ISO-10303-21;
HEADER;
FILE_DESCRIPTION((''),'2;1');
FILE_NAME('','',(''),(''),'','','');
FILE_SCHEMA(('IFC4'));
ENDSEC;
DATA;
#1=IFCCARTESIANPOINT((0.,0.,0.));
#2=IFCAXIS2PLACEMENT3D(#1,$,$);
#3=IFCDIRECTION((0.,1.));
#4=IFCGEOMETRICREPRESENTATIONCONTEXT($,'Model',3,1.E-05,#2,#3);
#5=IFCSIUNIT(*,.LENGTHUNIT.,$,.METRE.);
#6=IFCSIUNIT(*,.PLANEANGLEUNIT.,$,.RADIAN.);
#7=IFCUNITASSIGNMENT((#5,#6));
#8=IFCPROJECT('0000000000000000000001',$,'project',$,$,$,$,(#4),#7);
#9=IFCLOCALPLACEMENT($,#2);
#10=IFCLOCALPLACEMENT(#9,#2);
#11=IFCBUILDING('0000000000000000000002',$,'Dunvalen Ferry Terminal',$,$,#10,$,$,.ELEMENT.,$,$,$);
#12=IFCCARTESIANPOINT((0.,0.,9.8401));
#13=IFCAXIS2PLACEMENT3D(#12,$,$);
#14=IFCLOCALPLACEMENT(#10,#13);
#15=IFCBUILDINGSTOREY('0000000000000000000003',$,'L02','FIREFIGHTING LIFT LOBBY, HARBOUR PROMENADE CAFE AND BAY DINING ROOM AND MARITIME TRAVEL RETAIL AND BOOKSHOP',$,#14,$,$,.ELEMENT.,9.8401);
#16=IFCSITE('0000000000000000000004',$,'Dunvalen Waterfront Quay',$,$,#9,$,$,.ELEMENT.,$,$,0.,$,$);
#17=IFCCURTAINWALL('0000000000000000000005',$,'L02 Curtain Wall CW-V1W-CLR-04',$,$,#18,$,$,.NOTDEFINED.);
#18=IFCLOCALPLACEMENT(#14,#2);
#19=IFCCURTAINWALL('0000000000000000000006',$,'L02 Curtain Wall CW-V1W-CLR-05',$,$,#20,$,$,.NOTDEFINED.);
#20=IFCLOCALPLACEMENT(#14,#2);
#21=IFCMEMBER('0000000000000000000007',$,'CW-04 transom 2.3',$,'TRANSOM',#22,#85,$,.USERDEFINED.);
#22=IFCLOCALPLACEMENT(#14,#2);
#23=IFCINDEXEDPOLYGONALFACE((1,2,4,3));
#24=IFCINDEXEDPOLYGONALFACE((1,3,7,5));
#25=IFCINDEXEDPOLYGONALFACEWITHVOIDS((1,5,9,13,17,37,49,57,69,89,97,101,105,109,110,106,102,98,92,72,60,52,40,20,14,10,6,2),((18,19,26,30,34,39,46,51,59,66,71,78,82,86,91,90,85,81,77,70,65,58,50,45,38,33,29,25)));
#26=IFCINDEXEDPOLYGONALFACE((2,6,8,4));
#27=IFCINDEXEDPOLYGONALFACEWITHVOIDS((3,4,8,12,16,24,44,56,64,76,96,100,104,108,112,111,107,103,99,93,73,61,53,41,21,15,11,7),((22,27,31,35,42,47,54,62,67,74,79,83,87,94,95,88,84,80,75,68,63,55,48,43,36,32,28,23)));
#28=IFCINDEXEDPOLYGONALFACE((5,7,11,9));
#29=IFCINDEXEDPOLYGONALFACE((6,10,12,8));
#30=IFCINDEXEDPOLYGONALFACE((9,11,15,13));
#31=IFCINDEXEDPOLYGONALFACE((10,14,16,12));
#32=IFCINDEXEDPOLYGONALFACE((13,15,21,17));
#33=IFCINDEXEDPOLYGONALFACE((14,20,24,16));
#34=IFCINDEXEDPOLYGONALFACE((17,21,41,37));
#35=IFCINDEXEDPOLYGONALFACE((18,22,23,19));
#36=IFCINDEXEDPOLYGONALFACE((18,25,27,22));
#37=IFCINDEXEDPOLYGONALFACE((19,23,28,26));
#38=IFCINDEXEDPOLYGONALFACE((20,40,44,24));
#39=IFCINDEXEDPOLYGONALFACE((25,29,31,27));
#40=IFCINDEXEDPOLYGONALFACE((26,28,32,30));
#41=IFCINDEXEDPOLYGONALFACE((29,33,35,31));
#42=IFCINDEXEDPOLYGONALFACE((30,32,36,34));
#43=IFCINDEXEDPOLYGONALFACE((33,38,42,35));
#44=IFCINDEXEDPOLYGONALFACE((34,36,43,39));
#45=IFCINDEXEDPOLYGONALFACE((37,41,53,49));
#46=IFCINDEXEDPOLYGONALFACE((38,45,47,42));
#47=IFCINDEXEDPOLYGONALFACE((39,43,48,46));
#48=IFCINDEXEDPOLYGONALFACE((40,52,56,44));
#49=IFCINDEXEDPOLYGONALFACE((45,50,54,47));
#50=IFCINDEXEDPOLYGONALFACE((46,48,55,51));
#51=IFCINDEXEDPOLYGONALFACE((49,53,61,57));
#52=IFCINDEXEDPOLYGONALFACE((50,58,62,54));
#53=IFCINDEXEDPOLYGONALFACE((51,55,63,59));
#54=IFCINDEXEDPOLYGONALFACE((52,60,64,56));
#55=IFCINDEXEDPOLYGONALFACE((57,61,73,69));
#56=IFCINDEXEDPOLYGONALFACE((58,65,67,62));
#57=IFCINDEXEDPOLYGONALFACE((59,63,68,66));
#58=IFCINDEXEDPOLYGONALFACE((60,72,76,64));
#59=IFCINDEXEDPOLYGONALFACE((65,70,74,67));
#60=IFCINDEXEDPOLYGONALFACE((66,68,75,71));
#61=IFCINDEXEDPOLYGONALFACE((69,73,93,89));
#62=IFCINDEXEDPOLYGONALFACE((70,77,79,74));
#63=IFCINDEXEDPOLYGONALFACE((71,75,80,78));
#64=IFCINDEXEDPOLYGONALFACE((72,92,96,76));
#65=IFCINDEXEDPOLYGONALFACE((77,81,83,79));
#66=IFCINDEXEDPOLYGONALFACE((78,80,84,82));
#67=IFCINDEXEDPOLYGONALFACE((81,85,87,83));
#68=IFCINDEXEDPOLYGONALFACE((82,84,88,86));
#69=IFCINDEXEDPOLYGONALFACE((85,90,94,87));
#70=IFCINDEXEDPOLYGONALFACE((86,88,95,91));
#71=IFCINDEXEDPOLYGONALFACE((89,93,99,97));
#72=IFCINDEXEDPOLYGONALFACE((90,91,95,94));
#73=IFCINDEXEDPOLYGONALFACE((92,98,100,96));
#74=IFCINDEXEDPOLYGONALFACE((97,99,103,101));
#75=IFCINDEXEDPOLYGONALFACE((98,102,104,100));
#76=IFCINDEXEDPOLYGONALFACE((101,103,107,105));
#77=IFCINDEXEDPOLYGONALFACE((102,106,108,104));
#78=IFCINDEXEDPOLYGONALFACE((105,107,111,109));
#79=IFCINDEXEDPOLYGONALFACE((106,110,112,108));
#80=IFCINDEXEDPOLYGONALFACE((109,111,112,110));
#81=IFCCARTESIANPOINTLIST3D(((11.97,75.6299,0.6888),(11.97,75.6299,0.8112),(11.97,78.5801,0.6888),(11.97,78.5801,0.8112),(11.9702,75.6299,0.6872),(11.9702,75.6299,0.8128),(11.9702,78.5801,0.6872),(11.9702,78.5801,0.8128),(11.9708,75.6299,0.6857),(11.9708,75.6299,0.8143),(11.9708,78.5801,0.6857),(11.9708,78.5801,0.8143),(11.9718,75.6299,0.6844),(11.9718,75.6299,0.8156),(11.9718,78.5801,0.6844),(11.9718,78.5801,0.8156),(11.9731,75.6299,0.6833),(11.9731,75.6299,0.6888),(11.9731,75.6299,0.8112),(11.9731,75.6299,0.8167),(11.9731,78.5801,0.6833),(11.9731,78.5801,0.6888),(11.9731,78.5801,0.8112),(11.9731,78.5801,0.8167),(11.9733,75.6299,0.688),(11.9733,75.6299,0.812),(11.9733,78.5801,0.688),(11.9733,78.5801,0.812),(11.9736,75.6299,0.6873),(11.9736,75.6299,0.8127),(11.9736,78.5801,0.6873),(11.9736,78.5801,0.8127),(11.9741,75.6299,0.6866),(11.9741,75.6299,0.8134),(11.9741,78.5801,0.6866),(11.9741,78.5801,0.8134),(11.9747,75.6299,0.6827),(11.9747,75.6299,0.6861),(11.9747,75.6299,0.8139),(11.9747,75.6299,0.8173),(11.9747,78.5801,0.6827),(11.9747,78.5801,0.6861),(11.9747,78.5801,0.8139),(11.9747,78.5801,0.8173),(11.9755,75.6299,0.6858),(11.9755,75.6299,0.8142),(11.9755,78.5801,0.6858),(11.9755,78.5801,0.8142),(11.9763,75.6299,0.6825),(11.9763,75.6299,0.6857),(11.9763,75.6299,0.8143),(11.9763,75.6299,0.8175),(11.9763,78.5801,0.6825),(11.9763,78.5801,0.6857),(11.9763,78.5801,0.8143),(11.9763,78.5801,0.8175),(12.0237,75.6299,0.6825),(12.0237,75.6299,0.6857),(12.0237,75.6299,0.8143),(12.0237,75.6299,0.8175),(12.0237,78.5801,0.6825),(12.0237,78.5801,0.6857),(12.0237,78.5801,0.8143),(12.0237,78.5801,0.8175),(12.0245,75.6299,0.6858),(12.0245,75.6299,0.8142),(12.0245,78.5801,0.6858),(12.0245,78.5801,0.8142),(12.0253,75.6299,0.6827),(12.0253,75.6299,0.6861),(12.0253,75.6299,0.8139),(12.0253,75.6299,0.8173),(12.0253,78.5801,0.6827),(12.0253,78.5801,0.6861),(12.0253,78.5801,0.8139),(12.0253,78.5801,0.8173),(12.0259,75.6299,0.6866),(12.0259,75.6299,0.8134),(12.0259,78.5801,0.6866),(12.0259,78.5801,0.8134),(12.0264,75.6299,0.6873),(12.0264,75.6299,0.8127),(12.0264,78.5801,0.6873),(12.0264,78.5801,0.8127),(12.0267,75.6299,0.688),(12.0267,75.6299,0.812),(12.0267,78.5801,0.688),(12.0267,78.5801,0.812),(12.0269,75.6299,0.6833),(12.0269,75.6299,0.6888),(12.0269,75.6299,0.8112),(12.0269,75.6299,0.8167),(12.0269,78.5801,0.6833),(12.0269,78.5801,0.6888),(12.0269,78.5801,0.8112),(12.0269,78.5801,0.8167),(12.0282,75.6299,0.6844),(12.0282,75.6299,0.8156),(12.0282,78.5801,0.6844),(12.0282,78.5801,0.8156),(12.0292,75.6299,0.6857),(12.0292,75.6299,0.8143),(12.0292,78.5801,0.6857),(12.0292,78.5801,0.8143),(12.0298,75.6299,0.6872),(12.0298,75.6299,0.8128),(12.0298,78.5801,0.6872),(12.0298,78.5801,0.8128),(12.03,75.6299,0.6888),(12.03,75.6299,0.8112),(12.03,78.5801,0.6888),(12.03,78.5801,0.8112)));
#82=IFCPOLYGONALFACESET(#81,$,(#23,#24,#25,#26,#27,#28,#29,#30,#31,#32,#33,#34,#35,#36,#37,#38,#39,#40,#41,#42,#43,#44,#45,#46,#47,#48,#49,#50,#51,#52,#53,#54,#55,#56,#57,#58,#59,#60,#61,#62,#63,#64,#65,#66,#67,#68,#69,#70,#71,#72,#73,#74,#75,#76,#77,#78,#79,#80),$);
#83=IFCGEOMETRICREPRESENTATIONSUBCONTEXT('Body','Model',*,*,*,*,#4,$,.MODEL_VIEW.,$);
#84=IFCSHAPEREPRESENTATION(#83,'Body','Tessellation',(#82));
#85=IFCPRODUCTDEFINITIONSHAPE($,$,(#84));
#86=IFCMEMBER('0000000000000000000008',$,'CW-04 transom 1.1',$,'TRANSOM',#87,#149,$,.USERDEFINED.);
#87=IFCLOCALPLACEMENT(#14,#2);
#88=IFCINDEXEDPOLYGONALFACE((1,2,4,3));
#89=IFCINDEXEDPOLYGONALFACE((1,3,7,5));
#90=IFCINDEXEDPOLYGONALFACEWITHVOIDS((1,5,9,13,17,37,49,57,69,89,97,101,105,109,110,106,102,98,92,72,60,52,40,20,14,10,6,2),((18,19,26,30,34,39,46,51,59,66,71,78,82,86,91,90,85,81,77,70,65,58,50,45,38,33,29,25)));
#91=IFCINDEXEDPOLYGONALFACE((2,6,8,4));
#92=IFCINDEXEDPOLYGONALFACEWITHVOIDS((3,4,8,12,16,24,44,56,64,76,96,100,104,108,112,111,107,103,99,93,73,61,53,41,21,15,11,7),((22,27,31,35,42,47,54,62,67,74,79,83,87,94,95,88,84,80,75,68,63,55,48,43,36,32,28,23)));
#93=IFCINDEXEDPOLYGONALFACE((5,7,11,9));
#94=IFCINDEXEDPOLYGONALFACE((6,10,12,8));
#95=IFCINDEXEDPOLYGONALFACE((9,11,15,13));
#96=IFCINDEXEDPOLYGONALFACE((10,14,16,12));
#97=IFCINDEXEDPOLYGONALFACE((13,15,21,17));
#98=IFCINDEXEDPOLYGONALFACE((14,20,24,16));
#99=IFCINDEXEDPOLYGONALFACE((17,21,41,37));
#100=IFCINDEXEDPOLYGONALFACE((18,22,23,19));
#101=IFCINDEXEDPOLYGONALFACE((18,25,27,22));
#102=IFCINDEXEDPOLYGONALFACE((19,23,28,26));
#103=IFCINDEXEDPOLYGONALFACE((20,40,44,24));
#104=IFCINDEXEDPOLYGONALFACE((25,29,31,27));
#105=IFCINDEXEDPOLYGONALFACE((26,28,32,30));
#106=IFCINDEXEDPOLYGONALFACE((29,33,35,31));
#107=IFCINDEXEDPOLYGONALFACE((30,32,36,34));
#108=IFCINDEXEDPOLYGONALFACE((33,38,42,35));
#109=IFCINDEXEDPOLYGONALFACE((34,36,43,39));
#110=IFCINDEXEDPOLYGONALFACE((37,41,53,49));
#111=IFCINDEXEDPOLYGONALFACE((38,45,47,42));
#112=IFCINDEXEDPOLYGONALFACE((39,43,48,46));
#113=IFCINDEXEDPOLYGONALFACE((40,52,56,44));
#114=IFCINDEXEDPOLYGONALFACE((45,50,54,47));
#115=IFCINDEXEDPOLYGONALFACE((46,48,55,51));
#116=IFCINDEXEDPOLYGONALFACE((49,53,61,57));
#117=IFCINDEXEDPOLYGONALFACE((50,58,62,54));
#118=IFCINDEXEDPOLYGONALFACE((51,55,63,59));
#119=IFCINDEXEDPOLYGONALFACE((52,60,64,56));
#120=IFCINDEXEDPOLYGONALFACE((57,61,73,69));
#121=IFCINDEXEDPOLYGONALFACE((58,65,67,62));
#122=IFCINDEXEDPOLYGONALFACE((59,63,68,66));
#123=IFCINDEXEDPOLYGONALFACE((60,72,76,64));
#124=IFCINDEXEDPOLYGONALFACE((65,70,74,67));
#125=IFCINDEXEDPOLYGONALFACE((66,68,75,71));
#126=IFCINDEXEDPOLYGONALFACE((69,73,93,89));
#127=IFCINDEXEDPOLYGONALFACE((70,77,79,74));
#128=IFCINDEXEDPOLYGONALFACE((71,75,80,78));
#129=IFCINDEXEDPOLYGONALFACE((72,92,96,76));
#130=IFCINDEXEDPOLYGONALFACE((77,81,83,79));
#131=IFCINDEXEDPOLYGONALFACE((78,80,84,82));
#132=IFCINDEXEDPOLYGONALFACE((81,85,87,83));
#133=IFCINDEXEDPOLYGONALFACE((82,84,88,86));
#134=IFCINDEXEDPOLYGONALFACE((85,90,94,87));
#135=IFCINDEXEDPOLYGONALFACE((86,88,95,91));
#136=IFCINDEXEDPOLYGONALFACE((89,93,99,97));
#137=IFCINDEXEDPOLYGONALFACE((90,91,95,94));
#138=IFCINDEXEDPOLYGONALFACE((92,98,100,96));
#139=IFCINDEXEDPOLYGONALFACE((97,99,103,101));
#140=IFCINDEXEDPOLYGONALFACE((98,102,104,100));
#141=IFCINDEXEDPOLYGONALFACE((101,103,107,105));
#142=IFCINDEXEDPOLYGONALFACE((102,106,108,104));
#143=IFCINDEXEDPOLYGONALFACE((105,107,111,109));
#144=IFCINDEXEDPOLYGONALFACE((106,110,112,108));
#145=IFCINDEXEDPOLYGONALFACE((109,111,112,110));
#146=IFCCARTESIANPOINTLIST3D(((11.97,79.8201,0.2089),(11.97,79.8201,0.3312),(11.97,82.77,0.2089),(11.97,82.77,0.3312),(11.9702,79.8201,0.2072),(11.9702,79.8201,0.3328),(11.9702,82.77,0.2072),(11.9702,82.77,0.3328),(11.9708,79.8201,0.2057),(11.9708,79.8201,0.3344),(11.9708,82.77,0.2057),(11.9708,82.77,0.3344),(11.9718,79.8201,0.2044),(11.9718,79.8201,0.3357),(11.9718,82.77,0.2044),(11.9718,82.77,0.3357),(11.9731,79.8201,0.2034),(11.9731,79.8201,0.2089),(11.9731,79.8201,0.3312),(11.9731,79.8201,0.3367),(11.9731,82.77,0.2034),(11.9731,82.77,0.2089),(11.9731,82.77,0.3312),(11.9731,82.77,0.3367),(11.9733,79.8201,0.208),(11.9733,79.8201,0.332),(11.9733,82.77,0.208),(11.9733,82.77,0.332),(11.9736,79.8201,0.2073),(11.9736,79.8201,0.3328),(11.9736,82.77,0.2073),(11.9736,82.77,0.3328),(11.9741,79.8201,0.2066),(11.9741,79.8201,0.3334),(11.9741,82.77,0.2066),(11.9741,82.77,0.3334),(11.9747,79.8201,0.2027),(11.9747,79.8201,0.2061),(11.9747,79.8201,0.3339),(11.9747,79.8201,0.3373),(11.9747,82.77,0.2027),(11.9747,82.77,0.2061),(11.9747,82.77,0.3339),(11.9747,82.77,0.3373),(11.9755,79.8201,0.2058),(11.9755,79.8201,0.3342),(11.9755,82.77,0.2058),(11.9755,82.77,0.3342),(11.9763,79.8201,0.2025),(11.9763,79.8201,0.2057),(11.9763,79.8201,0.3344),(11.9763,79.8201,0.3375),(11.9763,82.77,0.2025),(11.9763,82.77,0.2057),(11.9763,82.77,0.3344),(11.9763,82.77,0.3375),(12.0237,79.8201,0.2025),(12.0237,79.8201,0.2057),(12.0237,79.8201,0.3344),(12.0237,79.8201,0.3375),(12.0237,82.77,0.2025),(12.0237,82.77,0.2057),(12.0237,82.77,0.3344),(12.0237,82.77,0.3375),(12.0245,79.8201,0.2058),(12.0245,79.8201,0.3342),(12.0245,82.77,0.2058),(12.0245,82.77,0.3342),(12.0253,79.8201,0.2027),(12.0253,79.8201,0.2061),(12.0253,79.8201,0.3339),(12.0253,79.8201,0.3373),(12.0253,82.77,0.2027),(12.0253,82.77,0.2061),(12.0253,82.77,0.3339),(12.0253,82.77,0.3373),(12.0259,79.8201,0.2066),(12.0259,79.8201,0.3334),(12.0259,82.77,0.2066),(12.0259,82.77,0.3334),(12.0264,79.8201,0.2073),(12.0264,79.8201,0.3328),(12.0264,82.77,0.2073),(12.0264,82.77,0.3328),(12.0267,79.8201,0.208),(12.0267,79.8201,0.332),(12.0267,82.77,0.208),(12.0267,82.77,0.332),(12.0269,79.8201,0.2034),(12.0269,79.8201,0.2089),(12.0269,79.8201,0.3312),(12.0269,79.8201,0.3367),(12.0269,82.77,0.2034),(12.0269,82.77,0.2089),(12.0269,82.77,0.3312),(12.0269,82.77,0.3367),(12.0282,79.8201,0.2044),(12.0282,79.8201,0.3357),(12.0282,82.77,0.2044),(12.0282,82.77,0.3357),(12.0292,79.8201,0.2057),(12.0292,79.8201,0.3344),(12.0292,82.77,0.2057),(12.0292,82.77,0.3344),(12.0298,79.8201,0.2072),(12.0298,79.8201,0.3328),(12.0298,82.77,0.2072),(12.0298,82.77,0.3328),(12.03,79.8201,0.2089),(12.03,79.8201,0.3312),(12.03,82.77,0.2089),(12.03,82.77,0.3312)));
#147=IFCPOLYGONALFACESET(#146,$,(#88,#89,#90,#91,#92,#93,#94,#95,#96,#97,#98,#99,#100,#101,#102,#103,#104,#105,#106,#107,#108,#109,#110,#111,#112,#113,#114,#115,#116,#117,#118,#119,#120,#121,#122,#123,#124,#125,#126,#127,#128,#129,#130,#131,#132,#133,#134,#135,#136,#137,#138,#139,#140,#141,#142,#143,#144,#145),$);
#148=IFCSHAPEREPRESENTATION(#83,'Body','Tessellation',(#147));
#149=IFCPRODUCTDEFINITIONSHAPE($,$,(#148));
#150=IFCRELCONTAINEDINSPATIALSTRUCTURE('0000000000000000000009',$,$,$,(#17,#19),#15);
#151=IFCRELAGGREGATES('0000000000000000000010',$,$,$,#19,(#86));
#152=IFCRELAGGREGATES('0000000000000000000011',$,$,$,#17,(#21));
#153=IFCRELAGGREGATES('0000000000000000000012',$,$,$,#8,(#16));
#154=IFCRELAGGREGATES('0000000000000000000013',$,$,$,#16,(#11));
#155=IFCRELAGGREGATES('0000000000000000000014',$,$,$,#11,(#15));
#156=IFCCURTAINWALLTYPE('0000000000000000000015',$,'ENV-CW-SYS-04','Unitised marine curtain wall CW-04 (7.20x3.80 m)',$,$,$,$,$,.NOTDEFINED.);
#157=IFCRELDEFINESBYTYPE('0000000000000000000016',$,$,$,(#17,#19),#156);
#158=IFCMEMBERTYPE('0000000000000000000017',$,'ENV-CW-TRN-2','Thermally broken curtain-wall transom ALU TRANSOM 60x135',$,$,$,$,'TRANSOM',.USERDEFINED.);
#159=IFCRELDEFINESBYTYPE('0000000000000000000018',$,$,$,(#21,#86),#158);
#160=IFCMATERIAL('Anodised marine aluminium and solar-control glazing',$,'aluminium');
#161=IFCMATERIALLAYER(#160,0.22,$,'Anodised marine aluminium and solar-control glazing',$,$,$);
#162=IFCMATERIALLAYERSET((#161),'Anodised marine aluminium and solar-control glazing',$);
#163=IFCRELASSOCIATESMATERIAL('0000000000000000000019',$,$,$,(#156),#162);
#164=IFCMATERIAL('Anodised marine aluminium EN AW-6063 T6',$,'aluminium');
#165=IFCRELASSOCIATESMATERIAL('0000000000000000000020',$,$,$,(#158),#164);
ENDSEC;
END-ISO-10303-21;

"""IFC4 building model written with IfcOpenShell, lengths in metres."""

from ifc_helpers import new_model, si_unit, direction, frame, origin, origin_2d, place, context, subcontext, project, spatial, hollow_rectangle, extrude, material, layer, layer_set, material_profile, profile_set, type_object, element, aggregate, save


model = new_model("IFC4")

# Units and contexts
model_context = context("Model", 3, precision=1e-05, world=origin(), true_north=direction((0.0, 1.0)))
body_context = subcontext(model_context, "Body", "Model", "MODEL_VIEW")
ifc_project = project(units=[si_unit("LENGTHUNIT", "METRE"), si_unit("PLANEANGLEUNIT", "RADIAN")], contexts=[model_context])

# Site, building, storey
site_placement = place(None, origin())
site = spatial("IfcSite", under=ifc_project, at=site_placement, Name="Dunvalen Waterfront Quay", CompositionType="ELEMENT", RefElevation=0.0)
building_placement = place(site_placement, origin())
building = spatial("IfcBuilding", under=site, at=building_placement, Name="Dunvalen Ferry Terminal", CompositionType="ELEMENT")
storey_placement = place(building_placement, frame((0.0, 0.0, 9.8401)))
storey = spatial("IfcBuildingStorey", under=building, at=storey_placement, Name="L02", Description="FIREFIGHTING LIFT LOBBY, HARBOUR PROMENADE CAFE AND BAY DINING ROOM AND MARITIME TRAVEL RETAIL AND BOOKSHOP", CompositionType="ELEMENT", Elevation=9.8401)

# Curtain walls
ifc_material_1 = material(Name="Anodised marine aluminium and solar-control glazing", Category="aluminium")
ifc_layer_1 = layer(ifc_material_1, 0.22, Name="Anodised marine aluminium and solar-control glazing")
ifc_layer_set_1 = layer_set([ifc_layer_1], Name="Anodised marine aluminium and solar-control glazing")
curtain_wall_type = type_object("IfcCurtainWallType", Name="ENV-CW-SYS-04", Description="Unitised marine curtain wall CW-04 (7.20x3.80 m)", PredefinedType="NOTDEFINED", material=ifc_layer_set_1)
curtain_wall_1_placement = place(storey_placement, origin())
curtain_wall_1 = element("IfcCurtainWall", 1, at=curtain_wall_1_placement, inside=storey, type_object=curtain_wall_type, Name="L02 Curtain Wall CW-V1W-CLR-04", PredefinedType="NOTDEFINED")
ifc_material_2 = material(Name="Anodised marine aluminium EN AW-6063 T6", Category="aluminium")
curtain_wall_2_placement = place(storey_placement, origin())
curtain_wall_2 = element("IfcCurtainWall", 2, at=curtain_wall_2_placement, inside=storey, type_object=curtain_wall_type, Name="L02 Curtain Wall CW-V1W-CLR-05", PredefinedType="NOTDEFINED")

# Members
ifc_material_profile_1 = material_profile(ifc_material_2, hollow_rectangle(XDim=0.0601, YDim=0.135, WallThickness=0.0032, InnerFilletRadius=0.0032, OuterFilletRadius=0.0063, at=origin_2d()), Name="Anodised marine aluminium EN AW-6063 T6")
ifc_profile_set_1 = profile_set([ifc_material_profile_1], Name="Anodised marine aluminium EN AW-6063 T6")
member_type_1 = type_object("IfcMemberType", Name="ENV-CW-TRN-2", Description="Thermally broken curtain-wall transom ALU TRANSOM 60x135", ElementType="TRANSOM", PredefinedType="USERDEFINED", material=ifc_profile_set_1)
member_1_placement = place(storey_placement, frame((12.0, 75.6299, 0.75), z_axis=(0.0, 1.0, 0.0), x_axis=(-1.0, 0.0, 0.0)))
member_1 = element("IfcMember", 3, at=member_1_placement, type_object=member_type_1, Name="CW-04 transom 2.3", ObjectType="TRANSOM", PredefinedType="USERDEFINED", context=body_context, shape_type="SweptSolid", body=[
    extrude(hollow_rectangle(XDim=0.0601, YDim=0.135, WallThickness=0.0032, InnerFilletRadius=0.0032, OuterFilletRadius=0.0063, at=origin_2d()), origin(), (0.0, 0.0, 1.0), 2.9502),
])
member_2_placement = place(storey_placement, frame((12.0, 79.8201, 0.27), z_axis=(0.0, 1.0, 0.0), x_axis=(-1.0, 0.0, 0.0)))
member_2 = element("IfcMember", 4, at=member_2_placement, type_object=member_type_1, Name="CW-04 transom 1.1", ObjectType="TRANSOM", PredefinedType="USERDEFINED", context=body_context, shape_type="SweptSolid", body=[
    extrude(hollow_rectangle(XDim=0.0601, YDim=0.135, WallThickness=0.0032, InnerFilletRadius=0.0032, OuterFilletRadius=0.0063, at=origin_2d()), origin(), (0.0, 0.0, 1.0), 2.95),
])
aggregate(curtain_wall_2, [member_2])

aggregate(curtain_wall_1, [member_1])

save(model, "model.ifc")
